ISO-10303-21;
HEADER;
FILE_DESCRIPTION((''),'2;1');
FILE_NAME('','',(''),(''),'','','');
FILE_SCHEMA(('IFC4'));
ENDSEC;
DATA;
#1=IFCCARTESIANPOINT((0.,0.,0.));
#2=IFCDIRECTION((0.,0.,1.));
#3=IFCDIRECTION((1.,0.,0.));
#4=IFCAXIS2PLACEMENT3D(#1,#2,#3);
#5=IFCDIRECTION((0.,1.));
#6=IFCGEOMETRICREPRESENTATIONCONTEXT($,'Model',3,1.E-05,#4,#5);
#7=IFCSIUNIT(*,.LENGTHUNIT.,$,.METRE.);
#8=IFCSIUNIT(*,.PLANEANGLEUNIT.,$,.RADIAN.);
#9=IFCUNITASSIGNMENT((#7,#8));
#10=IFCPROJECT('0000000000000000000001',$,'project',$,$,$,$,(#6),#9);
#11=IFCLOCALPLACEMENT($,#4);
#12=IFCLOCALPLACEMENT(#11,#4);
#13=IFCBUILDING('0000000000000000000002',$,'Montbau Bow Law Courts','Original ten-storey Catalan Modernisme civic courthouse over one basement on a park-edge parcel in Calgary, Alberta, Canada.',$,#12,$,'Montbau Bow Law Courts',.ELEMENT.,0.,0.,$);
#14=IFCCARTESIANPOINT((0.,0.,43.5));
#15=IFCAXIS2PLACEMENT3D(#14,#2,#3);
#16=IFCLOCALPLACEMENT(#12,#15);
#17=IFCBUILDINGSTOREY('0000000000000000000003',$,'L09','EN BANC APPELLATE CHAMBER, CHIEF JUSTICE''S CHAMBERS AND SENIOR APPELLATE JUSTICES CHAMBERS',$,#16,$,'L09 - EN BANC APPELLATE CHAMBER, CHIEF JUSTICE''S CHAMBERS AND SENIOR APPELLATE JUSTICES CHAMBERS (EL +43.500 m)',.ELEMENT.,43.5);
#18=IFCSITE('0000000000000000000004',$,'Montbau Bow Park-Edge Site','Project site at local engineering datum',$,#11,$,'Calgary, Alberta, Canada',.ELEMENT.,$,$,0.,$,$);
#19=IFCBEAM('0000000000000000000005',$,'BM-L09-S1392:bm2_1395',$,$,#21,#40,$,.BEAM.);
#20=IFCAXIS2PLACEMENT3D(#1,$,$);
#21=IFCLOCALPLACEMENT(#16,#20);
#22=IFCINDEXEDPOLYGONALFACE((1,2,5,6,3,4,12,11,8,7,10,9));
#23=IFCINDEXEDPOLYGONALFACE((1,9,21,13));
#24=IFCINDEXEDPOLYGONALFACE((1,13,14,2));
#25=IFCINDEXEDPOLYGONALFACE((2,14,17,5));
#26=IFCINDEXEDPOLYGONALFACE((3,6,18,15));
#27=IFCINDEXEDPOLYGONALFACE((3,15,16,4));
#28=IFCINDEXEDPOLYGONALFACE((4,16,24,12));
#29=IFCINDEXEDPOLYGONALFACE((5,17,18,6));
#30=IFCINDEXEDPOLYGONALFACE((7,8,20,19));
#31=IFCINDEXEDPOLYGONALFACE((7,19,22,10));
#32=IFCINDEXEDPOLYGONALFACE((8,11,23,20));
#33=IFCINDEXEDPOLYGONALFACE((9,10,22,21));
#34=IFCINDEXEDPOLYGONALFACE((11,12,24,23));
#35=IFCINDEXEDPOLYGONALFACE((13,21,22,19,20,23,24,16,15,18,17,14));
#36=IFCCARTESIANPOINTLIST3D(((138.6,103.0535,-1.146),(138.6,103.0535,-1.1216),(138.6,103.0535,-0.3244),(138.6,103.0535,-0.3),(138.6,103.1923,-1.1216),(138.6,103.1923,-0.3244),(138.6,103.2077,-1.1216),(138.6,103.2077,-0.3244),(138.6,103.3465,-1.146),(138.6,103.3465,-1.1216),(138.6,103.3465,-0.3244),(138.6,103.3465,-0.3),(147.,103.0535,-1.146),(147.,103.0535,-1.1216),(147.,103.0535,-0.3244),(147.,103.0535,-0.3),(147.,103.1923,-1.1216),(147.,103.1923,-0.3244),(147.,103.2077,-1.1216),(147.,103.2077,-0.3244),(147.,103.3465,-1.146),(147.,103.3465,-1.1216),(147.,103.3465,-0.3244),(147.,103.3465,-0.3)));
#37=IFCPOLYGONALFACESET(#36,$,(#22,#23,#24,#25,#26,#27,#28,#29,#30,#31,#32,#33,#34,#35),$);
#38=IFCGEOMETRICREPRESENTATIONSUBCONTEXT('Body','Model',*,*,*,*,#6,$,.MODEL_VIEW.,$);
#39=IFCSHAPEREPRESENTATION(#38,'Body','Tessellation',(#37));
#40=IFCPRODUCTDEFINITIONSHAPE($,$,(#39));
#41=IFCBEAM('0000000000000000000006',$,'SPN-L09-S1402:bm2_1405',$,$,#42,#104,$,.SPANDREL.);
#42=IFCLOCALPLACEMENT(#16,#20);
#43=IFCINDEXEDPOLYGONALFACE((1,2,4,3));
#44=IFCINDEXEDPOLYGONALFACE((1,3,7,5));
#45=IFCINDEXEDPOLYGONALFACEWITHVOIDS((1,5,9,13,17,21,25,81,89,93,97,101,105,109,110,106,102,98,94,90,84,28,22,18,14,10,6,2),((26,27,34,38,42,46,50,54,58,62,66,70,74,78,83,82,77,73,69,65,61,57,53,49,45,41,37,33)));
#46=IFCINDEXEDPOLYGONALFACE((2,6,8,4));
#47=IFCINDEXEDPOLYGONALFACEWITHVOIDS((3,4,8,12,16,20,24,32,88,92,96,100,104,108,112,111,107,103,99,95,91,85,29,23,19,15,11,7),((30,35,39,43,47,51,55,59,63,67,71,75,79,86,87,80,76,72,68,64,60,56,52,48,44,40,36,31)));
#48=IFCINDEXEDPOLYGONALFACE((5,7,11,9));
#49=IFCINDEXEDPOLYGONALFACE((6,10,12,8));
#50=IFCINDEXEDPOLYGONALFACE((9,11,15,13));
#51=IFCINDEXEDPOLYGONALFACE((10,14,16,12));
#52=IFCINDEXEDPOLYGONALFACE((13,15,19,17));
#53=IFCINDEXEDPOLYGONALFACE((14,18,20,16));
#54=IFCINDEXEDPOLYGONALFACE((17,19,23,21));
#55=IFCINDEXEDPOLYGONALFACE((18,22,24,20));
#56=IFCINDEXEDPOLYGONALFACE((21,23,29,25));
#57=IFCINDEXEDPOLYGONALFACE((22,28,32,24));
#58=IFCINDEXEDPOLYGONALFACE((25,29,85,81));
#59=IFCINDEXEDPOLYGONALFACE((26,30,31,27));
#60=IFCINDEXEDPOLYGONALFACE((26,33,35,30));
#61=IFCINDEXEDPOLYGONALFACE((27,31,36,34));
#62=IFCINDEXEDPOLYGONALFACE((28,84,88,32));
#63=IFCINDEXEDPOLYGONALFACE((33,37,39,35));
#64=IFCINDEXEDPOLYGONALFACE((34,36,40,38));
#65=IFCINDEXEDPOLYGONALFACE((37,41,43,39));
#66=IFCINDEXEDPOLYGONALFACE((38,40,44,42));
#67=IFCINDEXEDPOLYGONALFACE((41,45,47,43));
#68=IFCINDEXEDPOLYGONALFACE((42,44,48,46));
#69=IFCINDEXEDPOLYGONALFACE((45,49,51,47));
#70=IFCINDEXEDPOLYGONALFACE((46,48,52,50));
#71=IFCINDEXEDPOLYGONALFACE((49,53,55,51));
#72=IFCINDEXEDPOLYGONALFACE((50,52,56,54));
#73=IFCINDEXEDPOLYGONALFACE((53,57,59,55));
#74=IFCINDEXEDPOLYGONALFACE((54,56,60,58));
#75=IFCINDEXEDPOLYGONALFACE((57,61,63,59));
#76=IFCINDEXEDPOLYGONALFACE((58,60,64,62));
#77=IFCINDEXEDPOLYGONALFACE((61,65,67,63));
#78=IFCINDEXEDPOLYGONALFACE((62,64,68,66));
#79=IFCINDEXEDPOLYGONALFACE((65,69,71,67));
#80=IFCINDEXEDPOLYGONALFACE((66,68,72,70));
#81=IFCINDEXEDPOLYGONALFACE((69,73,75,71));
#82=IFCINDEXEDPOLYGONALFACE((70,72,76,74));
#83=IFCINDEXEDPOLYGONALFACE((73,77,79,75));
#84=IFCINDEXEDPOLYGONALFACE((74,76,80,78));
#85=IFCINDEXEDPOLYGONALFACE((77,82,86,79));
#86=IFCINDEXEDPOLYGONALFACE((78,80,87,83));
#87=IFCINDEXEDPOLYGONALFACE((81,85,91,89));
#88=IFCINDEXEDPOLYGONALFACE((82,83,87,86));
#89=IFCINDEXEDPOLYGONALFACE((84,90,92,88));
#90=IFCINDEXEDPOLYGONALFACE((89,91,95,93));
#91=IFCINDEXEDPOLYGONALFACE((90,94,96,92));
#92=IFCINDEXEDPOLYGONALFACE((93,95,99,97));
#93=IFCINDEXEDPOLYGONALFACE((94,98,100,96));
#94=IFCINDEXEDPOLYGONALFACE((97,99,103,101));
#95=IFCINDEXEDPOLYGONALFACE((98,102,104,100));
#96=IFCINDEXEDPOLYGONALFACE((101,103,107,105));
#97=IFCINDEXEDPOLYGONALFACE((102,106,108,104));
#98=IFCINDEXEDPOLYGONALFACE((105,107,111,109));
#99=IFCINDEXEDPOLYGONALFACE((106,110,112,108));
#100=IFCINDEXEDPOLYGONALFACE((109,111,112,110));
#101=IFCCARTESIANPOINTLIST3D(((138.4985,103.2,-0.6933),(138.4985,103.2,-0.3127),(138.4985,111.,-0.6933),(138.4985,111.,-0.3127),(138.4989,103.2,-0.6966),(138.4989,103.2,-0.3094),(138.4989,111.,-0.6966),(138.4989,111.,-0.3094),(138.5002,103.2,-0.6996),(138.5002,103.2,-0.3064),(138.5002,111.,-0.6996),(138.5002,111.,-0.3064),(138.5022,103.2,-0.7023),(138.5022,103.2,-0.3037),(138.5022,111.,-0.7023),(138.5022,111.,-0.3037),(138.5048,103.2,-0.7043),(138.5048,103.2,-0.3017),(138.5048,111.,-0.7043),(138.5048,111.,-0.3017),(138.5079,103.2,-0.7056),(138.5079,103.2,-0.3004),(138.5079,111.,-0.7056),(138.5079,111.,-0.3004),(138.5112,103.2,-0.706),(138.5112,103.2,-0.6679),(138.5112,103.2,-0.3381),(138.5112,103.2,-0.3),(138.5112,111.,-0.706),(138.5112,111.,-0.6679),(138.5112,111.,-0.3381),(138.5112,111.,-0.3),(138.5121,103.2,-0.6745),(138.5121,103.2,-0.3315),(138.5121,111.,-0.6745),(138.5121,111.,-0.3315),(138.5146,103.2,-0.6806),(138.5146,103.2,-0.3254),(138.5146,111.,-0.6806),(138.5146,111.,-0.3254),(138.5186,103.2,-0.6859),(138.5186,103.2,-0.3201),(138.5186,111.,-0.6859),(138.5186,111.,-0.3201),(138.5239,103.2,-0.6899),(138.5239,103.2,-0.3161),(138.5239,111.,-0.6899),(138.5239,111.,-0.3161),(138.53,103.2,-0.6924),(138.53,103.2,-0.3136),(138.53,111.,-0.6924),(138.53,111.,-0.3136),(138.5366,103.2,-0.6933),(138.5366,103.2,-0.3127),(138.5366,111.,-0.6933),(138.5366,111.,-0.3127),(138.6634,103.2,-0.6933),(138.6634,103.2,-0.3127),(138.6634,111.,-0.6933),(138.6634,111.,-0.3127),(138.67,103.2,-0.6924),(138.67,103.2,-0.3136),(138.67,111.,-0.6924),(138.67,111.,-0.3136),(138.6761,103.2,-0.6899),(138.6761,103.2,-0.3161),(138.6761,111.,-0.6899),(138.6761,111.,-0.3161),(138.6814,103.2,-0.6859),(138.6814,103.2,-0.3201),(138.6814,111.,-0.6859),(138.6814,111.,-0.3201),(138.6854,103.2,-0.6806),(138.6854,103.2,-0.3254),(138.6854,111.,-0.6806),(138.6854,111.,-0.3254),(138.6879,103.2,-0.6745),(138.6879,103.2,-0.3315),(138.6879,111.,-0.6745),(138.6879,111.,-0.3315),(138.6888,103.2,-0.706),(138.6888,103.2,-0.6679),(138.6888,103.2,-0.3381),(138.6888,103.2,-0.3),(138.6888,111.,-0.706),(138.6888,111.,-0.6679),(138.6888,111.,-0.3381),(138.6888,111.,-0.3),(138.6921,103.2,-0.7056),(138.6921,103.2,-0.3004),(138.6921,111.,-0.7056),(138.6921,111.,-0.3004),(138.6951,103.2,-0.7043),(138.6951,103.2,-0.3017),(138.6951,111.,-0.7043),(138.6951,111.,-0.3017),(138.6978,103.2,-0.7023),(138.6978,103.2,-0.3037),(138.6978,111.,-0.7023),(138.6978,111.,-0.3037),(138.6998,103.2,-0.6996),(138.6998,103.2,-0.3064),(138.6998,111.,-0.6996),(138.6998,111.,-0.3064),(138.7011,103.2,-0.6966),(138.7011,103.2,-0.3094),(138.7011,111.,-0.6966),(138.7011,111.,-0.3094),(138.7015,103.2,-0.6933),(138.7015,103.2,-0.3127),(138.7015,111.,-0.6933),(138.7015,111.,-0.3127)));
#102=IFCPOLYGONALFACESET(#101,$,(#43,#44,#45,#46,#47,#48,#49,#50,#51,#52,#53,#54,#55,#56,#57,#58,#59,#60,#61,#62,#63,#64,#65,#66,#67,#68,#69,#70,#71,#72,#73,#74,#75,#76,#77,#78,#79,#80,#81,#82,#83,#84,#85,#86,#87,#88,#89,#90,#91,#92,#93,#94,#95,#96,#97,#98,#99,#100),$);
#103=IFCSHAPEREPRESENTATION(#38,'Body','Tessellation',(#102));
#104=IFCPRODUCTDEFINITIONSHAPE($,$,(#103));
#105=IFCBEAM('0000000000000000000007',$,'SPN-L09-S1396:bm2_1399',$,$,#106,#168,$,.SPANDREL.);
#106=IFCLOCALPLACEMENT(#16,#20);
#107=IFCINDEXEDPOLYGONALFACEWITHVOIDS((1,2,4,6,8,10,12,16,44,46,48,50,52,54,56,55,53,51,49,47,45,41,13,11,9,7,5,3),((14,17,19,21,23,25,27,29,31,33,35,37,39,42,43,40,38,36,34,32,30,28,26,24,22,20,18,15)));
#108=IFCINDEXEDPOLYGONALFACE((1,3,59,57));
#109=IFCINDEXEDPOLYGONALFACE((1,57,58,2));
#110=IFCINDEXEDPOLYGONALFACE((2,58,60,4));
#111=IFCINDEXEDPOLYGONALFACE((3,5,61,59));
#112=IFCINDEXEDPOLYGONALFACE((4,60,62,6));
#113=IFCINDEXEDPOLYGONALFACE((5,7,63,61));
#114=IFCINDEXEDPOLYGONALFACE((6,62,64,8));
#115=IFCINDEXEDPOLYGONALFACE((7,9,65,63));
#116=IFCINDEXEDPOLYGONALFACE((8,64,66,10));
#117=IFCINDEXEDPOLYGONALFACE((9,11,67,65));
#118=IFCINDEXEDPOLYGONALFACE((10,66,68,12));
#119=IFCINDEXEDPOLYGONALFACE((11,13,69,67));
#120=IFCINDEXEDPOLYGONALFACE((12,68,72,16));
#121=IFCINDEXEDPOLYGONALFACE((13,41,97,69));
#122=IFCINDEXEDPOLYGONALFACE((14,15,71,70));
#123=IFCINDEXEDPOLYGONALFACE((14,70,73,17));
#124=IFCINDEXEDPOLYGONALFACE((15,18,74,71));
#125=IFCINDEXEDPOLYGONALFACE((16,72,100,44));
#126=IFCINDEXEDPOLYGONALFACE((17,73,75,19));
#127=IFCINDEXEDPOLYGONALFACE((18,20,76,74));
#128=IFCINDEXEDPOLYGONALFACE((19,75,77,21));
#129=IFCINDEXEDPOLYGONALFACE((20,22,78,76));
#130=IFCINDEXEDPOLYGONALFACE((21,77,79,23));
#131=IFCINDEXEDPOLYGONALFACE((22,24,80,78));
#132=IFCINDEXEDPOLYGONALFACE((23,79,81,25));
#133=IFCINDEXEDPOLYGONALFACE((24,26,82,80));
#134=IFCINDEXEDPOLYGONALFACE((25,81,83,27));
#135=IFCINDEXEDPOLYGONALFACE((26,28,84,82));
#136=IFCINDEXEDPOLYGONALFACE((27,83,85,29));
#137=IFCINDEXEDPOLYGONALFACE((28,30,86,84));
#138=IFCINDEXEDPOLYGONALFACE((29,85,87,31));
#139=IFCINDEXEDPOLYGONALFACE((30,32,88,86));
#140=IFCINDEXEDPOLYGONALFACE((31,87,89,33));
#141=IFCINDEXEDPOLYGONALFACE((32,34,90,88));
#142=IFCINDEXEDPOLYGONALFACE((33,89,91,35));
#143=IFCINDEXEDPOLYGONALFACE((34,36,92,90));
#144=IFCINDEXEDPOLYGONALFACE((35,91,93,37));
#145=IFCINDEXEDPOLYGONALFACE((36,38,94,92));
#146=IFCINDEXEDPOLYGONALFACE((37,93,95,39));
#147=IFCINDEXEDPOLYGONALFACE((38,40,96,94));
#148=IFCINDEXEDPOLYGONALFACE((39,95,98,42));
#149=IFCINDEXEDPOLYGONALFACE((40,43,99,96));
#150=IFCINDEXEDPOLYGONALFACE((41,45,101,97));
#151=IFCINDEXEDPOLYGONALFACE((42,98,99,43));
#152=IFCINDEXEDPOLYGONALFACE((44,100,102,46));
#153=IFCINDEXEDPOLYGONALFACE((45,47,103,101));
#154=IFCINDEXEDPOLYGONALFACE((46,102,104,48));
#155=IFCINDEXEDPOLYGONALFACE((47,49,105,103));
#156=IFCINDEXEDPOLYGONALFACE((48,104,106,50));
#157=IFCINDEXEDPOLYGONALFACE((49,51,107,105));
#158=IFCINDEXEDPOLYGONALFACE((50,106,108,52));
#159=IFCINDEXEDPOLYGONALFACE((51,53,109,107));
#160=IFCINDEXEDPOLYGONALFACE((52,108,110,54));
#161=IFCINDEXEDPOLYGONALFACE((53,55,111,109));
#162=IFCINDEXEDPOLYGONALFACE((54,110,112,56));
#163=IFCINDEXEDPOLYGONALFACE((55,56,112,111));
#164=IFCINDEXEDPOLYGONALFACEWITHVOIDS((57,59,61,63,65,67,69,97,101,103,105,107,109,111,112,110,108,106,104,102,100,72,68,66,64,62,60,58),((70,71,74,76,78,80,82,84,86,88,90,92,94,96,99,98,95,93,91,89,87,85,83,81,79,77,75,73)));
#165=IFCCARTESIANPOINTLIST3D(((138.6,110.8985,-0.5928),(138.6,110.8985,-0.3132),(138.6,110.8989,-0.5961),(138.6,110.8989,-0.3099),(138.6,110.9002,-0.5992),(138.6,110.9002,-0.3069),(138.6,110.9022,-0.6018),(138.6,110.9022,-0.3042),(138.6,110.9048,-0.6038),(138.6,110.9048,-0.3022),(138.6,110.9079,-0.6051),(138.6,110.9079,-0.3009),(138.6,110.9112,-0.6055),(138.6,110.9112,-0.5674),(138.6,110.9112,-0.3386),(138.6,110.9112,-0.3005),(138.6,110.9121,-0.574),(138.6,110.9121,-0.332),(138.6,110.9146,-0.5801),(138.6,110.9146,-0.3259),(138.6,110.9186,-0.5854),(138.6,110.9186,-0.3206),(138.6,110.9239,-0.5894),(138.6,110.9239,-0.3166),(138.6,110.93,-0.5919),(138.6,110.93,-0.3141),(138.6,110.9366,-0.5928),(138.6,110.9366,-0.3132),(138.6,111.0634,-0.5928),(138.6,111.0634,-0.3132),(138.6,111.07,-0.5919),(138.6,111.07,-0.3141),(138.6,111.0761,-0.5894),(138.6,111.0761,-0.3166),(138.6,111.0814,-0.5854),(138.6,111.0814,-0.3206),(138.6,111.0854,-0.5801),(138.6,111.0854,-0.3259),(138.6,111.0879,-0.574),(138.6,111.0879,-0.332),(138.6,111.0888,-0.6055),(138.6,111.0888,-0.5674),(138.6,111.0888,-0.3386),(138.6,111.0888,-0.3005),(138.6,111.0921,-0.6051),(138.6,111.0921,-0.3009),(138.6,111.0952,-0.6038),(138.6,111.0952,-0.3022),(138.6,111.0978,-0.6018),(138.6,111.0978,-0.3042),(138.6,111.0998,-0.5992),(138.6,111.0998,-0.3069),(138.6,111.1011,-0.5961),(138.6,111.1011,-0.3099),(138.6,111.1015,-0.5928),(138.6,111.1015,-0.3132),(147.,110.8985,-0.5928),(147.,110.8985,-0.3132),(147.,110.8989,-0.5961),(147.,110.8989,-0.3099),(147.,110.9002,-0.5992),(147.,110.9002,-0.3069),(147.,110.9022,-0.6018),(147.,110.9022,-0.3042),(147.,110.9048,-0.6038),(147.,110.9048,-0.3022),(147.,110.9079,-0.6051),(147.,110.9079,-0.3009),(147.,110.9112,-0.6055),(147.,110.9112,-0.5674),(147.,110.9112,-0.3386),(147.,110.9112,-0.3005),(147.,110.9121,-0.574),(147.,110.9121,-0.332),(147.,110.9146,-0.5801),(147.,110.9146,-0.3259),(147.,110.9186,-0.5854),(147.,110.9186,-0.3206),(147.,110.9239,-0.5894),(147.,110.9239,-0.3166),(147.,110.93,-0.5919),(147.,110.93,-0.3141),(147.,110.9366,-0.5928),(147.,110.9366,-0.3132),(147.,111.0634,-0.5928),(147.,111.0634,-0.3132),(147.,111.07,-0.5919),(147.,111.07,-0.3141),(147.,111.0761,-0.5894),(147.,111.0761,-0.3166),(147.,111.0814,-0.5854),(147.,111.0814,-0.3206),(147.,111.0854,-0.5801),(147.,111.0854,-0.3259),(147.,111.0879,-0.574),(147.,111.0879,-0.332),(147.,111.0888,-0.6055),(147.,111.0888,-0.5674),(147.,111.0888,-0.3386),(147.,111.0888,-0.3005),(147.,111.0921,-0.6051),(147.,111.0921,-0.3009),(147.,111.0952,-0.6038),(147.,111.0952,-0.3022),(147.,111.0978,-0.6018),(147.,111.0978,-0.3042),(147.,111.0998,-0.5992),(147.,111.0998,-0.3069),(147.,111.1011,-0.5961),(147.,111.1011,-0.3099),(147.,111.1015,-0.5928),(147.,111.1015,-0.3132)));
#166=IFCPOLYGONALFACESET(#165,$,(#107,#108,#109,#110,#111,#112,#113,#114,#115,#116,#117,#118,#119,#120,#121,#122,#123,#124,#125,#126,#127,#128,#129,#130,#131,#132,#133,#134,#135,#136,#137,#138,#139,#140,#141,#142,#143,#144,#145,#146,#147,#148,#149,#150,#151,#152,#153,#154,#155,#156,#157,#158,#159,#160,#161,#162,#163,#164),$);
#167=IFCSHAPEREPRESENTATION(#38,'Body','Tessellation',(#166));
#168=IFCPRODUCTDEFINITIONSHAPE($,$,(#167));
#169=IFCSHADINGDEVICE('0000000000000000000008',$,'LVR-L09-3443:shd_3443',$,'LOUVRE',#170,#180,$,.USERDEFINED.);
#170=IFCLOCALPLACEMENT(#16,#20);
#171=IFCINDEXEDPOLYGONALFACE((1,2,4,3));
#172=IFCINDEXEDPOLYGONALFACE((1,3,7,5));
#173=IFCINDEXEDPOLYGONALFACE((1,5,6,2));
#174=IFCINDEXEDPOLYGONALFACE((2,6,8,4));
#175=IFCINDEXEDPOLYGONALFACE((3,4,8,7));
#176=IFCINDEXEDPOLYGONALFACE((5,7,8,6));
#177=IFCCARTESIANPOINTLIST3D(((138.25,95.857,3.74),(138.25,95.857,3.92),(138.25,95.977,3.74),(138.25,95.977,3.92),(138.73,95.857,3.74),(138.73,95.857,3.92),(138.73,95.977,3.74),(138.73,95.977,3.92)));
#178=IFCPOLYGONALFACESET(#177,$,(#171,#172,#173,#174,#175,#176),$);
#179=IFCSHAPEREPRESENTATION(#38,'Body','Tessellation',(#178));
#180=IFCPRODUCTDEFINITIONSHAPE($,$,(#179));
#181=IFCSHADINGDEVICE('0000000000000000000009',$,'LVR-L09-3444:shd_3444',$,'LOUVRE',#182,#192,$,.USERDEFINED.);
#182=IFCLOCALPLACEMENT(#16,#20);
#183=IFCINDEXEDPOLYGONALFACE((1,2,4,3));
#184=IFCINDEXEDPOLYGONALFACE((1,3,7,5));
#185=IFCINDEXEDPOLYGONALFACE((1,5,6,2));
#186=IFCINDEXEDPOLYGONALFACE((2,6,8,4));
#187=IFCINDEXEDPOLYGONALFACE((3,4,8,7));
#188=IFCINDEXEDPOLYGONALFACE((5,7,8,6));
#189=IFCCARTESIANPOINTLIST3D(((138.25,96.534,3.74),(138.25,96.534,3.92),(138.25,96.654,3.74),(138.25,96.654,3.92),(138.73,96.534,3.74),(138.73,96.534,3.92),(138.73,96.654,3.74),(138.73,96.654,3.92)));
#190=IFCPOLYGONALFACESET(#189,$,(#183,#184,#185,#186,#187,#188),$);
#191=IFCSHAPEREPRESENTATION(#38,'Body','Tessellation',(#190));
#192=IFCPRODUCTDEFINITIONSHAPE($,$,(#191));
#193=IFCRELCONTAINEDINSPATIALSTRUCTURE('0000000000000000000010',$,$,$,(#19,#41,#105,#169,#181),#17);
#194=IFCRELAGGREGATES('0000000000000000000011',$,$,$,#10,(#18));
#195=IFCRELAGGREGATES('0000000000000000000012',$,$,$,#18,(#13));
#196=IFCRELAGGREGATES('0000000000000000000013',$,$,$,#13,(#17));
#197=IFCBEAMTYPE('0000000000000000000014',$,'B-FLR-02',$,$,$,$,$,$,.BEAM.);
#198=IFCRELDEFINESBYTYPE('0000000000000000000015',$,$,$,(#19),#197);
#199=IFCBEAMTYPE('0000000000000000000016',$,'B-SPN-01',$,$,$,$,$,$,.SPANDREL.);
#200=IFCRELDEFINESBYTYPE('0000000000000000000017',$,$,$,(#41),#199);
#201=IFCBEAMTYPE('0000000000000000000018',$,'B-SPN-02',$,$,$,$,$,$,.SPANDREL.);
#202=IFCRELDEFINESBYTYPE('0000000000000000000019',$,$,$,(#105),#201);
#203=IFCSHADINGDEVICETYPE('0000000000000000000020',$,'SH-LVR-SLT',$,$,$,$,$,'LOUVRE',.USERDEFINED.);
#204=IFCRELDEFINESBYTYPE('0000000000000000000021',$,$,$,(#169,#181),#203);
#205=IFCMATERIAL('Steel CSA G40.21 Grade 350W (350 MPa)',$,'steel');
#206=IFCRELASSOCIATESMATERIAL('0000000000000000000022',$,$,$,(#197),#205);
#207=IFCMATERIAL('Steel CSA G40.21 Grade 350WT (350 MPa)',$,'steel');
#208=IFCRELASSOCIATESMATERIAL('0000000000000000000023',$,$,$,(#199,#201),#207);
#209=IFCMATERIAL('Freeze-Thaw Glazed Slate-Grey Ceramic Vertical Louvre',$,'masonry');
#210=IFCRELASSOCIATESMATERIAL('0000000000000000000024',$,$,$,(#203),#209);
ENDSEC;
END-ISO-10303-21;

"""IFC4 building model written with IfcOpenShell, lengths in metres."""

from ifc_helpers import new_model, si_unit, direction, frame, origin_with_axes, origin_2d_with_axis, place, context, subcontext, project, spatial, rectangle, hollow_rectangle, i_section, extrude, material, material_profile, profile_set, type_object, element, save


model = new_model("IFC4")

# Units and contexts
model_context = context("Model", 3, precision=1e-05, world=origin_with_axes(), true_north=direction((0.0, 1.0)))
body_context = subcontext(model_context, "Body", "Model", "MODEL_VIEW")
ifc_project = project(units=[si_unit("LENGTHUNIT", "METRE"), si_unit("PLANEANGLEUNIT", "RADIAN")], contexts=[model_context])

# Site, building, storey
site_placement = place(None, origin_with_axes())
site = spatial("IfcSite", under=ifc_project, at=site_placement, Name="Montbau Bow Park-Edge Site", Description="Project site at local engineering datum", LongName="Calgary, Alberta, Canada", CompositionType="ELEMENT", RefElevation=0.0)
building_placement = place(site_placement, origin_with_axes())
building = spatial("IfcBuilding", under=site, at=building_placement, Name="Montbau Bow Law Courts", Description="Original ten-storey Catalan Modernisme civic courthouse over one basement on a park-edge parcel in Calgary, Alberta, Canada.", LongName="Montbau Bow Law Courts", CompositionType="ELEMENT", ElevationOfRefHeight=0.0, ElevationOfTerrain=0.0)
storey_placement = place(building_placement, frame((0.0, 0.0, 43.5), z_axis=(0.0, 0.0, 1.0), x_axis=(1.0, 0.0, 0.0)))
storey = spatial("IfcBuildingStorey", under=building, at=storey_placement, Name="L09", Description="EN BANC APPELLATE CHAMBER, CHIEF JUSTICE'S CHAMBERS AND SENIOR APPELLATE JUSTICES CHAMBERS", LongName="L09 - EN BANC APPELLATE CHAMBER, CHIEF JUSTICE'S CHAMBERS AND SENIOR APPELLATE JUSTICES CHAMBERS (EL +43.500 m)", CompositionType="ELEMENT", Elevation=43.5)

# Beams
ifc_material_1 = material(Name="Steel CSA G40.21 Grade 350W (350 MPa)", Category="steel")
ifc_material_profile_1 = material_profile(ifc_material_1, i_section(OverallWidth=0.293, OverallDepth=0.846, WebThickness=0.0154, FlangeThickness=0.0244, at=origin_2d_with_axis()), Name="W840X210", Category="Main", Priority=0)
ifc_profile_set_1 = profile_set([ifc_material_profile_1], Name="Steel CSA G40.21 Grade 350W (350 MPa)")
beam_type_1 = type_object("IfcBeamType", Name="B-FLR-02", PredefinedType="BEAM", material=ifc_profile_set_1)
beam_1_placement = place(None, frame((138.6, 103.2, 42.777), z_axis=(1.0, 0.0, 0.0), x_axis=(0.0, 1.0, 0.0)))
element("IfcBeam", 1, at=beam_1_placement, inside=storey, type_object=beam_type_1, Name="BM-L09-S1392:bm2_1395", PredefinedType="BEAM", context=body_context, shape_type="SweptSolid", body=[
    extrude(i_section(OverallWidth=0.293, OverallDepth=0.846, WebThickness=0.0154, FlangeThickness=0.0244, at=origin_2d_with_axis()), origin_with_axes(), (0.0, 0.0, 1.0), 8.4),
])
ifc_material_2 = material(Name="Steel CSA G40.21 Grade 350WT (350 MPa)", Category="steel")
ifc_material_profile_2 = material_profile(ifc_material_2, hollow_rectangle(XDim=0.203, YDim=0.406, WallThickness=0.0127, InnerFilletRadius=0.0254, OuterFilletRadius=0.0127, at=origin_2d_with_axis()), Name="HSS406X203X13", Category="Main", Priority=0)
ifc_profile_set_2 = profile_set([ifc_material_profile_2], Name="Steel CSA G40.21 Grade 350WT (350 MPa)")
beam_type_2 = type_object("IfcBeamType", Name="B-SPN-01", PredefinedType="SPANDREL", material=ifc_profile_set_2)
beam_2_placement = place(None, frame((138.6, 103.2, 42.997), z_axis=(0.0, 1.0, 0.0), x_axis=(-1.0, 0.0, 0.0)))
element("IfcBeam", 2, at=beam_2_placement, inside=storey, type_object=beam_type_2, Name="SPN-L09-S1402:bm2_1405", PredefinedType="SPANDREL", context=body_context, shape_type="SweptSolid", body=[
    extrude(hollow_rectangle(XDim=0.203, YDim=0.406, WallThickness=0.0127, InnerFilletRadius=0.0254, OuterFilletRadius=0.0127, at=origin_2d_with_axis()), origin_with_axes(), (0.0, 0.0, 1.0), 7.8),
])
ifc_material_profile_3 = material_profile(ifc_material_2, hollow_rectangle(XDim=0.203, YDim=0.305, WallThickness=0.0127, InnerFilletRadius=0.0254, OuterFilletRadius=0.0127, at=origin_2d_with_axis()), Name="HSS305X203X13", Category="Main", Priority=0)
ifc_profile_set_3 = profile_set([ifc_material_profile_3], Name="Steel CSA G40.21 Grade 350WT (350 MPa)")
beam_type_3 = type_object("IfcBeamType", Name="B-SPN-02", PredefinedType="SPANDREL", material=ifc_profile_set_3)
beam_3_placement = place(None, frame((138.6, 111.0, 43.047), z_axis=(1.0, 0.0, 0.0), x_axis=(0.0, 1.0, 0.0)))
element("IfcBeam", 3, at=beam_3_placement, inside=storey, type_object=beam_type_3, Name="SPN-L09-S1396:bm2_1399", PredefinedType="SPANDREL", context=body_context, shape_type="SweptSolid", body=[
    extrude(hollow_rectangle(XDim=0.203, YDim=0.305, WallThickness=0.0127, InnerFilletRadius=0.0254, OuterFilletRadius=0.0127, at=origin_2d_with_axis()), origin_with_axes(), (0.0, 0.0, 1.0), 8.4),
])

# Shading devices
ifc_material_3 = material(Name="Freeze-Thaw Glazed Slate-Grey Ceramic Vertical Louvre", Category="masonry")
shading_device_type = type_object("IfcShadingDeviceType", Name="SH-LVR-SLT", ElementType="LOUVRE", PredefinedType="USERDEFINED", material=ifc_material_3)
for number, where, z_axis, x_axis, name in (
    (4, (138.49, 95.917, 47.24), (0.0, 0.0, 1.0), (-1.0, 0.0, 0.0), "LVR-L09-3443:shd_3443"),
    (5, (138.49, 96.594, 47.24), (0.0, 0.0, 1.0), (-1.0, 0.0, 0.0), "LVR-L09-3444:shd_3444"),
):
    element("IfcShadingDevice", number, at=place(None, frame(where, z_axis=z_axis, x_axis=x_axis)), inside=storey, type_object=shading_device_type, Name=name, ObjectType="LOUVRE", PredefinedType="USERDEFINED", context=body_context, shape_type="SweptSolid", body=[
        extrude(rectangle(XDim=0.48, YDim=0.12, at=origin_2d_with_axis()), origin_with_axes(), (0.0, 0.0, 1.0), 0.18),
    ])

save(model, "model.ifc")
